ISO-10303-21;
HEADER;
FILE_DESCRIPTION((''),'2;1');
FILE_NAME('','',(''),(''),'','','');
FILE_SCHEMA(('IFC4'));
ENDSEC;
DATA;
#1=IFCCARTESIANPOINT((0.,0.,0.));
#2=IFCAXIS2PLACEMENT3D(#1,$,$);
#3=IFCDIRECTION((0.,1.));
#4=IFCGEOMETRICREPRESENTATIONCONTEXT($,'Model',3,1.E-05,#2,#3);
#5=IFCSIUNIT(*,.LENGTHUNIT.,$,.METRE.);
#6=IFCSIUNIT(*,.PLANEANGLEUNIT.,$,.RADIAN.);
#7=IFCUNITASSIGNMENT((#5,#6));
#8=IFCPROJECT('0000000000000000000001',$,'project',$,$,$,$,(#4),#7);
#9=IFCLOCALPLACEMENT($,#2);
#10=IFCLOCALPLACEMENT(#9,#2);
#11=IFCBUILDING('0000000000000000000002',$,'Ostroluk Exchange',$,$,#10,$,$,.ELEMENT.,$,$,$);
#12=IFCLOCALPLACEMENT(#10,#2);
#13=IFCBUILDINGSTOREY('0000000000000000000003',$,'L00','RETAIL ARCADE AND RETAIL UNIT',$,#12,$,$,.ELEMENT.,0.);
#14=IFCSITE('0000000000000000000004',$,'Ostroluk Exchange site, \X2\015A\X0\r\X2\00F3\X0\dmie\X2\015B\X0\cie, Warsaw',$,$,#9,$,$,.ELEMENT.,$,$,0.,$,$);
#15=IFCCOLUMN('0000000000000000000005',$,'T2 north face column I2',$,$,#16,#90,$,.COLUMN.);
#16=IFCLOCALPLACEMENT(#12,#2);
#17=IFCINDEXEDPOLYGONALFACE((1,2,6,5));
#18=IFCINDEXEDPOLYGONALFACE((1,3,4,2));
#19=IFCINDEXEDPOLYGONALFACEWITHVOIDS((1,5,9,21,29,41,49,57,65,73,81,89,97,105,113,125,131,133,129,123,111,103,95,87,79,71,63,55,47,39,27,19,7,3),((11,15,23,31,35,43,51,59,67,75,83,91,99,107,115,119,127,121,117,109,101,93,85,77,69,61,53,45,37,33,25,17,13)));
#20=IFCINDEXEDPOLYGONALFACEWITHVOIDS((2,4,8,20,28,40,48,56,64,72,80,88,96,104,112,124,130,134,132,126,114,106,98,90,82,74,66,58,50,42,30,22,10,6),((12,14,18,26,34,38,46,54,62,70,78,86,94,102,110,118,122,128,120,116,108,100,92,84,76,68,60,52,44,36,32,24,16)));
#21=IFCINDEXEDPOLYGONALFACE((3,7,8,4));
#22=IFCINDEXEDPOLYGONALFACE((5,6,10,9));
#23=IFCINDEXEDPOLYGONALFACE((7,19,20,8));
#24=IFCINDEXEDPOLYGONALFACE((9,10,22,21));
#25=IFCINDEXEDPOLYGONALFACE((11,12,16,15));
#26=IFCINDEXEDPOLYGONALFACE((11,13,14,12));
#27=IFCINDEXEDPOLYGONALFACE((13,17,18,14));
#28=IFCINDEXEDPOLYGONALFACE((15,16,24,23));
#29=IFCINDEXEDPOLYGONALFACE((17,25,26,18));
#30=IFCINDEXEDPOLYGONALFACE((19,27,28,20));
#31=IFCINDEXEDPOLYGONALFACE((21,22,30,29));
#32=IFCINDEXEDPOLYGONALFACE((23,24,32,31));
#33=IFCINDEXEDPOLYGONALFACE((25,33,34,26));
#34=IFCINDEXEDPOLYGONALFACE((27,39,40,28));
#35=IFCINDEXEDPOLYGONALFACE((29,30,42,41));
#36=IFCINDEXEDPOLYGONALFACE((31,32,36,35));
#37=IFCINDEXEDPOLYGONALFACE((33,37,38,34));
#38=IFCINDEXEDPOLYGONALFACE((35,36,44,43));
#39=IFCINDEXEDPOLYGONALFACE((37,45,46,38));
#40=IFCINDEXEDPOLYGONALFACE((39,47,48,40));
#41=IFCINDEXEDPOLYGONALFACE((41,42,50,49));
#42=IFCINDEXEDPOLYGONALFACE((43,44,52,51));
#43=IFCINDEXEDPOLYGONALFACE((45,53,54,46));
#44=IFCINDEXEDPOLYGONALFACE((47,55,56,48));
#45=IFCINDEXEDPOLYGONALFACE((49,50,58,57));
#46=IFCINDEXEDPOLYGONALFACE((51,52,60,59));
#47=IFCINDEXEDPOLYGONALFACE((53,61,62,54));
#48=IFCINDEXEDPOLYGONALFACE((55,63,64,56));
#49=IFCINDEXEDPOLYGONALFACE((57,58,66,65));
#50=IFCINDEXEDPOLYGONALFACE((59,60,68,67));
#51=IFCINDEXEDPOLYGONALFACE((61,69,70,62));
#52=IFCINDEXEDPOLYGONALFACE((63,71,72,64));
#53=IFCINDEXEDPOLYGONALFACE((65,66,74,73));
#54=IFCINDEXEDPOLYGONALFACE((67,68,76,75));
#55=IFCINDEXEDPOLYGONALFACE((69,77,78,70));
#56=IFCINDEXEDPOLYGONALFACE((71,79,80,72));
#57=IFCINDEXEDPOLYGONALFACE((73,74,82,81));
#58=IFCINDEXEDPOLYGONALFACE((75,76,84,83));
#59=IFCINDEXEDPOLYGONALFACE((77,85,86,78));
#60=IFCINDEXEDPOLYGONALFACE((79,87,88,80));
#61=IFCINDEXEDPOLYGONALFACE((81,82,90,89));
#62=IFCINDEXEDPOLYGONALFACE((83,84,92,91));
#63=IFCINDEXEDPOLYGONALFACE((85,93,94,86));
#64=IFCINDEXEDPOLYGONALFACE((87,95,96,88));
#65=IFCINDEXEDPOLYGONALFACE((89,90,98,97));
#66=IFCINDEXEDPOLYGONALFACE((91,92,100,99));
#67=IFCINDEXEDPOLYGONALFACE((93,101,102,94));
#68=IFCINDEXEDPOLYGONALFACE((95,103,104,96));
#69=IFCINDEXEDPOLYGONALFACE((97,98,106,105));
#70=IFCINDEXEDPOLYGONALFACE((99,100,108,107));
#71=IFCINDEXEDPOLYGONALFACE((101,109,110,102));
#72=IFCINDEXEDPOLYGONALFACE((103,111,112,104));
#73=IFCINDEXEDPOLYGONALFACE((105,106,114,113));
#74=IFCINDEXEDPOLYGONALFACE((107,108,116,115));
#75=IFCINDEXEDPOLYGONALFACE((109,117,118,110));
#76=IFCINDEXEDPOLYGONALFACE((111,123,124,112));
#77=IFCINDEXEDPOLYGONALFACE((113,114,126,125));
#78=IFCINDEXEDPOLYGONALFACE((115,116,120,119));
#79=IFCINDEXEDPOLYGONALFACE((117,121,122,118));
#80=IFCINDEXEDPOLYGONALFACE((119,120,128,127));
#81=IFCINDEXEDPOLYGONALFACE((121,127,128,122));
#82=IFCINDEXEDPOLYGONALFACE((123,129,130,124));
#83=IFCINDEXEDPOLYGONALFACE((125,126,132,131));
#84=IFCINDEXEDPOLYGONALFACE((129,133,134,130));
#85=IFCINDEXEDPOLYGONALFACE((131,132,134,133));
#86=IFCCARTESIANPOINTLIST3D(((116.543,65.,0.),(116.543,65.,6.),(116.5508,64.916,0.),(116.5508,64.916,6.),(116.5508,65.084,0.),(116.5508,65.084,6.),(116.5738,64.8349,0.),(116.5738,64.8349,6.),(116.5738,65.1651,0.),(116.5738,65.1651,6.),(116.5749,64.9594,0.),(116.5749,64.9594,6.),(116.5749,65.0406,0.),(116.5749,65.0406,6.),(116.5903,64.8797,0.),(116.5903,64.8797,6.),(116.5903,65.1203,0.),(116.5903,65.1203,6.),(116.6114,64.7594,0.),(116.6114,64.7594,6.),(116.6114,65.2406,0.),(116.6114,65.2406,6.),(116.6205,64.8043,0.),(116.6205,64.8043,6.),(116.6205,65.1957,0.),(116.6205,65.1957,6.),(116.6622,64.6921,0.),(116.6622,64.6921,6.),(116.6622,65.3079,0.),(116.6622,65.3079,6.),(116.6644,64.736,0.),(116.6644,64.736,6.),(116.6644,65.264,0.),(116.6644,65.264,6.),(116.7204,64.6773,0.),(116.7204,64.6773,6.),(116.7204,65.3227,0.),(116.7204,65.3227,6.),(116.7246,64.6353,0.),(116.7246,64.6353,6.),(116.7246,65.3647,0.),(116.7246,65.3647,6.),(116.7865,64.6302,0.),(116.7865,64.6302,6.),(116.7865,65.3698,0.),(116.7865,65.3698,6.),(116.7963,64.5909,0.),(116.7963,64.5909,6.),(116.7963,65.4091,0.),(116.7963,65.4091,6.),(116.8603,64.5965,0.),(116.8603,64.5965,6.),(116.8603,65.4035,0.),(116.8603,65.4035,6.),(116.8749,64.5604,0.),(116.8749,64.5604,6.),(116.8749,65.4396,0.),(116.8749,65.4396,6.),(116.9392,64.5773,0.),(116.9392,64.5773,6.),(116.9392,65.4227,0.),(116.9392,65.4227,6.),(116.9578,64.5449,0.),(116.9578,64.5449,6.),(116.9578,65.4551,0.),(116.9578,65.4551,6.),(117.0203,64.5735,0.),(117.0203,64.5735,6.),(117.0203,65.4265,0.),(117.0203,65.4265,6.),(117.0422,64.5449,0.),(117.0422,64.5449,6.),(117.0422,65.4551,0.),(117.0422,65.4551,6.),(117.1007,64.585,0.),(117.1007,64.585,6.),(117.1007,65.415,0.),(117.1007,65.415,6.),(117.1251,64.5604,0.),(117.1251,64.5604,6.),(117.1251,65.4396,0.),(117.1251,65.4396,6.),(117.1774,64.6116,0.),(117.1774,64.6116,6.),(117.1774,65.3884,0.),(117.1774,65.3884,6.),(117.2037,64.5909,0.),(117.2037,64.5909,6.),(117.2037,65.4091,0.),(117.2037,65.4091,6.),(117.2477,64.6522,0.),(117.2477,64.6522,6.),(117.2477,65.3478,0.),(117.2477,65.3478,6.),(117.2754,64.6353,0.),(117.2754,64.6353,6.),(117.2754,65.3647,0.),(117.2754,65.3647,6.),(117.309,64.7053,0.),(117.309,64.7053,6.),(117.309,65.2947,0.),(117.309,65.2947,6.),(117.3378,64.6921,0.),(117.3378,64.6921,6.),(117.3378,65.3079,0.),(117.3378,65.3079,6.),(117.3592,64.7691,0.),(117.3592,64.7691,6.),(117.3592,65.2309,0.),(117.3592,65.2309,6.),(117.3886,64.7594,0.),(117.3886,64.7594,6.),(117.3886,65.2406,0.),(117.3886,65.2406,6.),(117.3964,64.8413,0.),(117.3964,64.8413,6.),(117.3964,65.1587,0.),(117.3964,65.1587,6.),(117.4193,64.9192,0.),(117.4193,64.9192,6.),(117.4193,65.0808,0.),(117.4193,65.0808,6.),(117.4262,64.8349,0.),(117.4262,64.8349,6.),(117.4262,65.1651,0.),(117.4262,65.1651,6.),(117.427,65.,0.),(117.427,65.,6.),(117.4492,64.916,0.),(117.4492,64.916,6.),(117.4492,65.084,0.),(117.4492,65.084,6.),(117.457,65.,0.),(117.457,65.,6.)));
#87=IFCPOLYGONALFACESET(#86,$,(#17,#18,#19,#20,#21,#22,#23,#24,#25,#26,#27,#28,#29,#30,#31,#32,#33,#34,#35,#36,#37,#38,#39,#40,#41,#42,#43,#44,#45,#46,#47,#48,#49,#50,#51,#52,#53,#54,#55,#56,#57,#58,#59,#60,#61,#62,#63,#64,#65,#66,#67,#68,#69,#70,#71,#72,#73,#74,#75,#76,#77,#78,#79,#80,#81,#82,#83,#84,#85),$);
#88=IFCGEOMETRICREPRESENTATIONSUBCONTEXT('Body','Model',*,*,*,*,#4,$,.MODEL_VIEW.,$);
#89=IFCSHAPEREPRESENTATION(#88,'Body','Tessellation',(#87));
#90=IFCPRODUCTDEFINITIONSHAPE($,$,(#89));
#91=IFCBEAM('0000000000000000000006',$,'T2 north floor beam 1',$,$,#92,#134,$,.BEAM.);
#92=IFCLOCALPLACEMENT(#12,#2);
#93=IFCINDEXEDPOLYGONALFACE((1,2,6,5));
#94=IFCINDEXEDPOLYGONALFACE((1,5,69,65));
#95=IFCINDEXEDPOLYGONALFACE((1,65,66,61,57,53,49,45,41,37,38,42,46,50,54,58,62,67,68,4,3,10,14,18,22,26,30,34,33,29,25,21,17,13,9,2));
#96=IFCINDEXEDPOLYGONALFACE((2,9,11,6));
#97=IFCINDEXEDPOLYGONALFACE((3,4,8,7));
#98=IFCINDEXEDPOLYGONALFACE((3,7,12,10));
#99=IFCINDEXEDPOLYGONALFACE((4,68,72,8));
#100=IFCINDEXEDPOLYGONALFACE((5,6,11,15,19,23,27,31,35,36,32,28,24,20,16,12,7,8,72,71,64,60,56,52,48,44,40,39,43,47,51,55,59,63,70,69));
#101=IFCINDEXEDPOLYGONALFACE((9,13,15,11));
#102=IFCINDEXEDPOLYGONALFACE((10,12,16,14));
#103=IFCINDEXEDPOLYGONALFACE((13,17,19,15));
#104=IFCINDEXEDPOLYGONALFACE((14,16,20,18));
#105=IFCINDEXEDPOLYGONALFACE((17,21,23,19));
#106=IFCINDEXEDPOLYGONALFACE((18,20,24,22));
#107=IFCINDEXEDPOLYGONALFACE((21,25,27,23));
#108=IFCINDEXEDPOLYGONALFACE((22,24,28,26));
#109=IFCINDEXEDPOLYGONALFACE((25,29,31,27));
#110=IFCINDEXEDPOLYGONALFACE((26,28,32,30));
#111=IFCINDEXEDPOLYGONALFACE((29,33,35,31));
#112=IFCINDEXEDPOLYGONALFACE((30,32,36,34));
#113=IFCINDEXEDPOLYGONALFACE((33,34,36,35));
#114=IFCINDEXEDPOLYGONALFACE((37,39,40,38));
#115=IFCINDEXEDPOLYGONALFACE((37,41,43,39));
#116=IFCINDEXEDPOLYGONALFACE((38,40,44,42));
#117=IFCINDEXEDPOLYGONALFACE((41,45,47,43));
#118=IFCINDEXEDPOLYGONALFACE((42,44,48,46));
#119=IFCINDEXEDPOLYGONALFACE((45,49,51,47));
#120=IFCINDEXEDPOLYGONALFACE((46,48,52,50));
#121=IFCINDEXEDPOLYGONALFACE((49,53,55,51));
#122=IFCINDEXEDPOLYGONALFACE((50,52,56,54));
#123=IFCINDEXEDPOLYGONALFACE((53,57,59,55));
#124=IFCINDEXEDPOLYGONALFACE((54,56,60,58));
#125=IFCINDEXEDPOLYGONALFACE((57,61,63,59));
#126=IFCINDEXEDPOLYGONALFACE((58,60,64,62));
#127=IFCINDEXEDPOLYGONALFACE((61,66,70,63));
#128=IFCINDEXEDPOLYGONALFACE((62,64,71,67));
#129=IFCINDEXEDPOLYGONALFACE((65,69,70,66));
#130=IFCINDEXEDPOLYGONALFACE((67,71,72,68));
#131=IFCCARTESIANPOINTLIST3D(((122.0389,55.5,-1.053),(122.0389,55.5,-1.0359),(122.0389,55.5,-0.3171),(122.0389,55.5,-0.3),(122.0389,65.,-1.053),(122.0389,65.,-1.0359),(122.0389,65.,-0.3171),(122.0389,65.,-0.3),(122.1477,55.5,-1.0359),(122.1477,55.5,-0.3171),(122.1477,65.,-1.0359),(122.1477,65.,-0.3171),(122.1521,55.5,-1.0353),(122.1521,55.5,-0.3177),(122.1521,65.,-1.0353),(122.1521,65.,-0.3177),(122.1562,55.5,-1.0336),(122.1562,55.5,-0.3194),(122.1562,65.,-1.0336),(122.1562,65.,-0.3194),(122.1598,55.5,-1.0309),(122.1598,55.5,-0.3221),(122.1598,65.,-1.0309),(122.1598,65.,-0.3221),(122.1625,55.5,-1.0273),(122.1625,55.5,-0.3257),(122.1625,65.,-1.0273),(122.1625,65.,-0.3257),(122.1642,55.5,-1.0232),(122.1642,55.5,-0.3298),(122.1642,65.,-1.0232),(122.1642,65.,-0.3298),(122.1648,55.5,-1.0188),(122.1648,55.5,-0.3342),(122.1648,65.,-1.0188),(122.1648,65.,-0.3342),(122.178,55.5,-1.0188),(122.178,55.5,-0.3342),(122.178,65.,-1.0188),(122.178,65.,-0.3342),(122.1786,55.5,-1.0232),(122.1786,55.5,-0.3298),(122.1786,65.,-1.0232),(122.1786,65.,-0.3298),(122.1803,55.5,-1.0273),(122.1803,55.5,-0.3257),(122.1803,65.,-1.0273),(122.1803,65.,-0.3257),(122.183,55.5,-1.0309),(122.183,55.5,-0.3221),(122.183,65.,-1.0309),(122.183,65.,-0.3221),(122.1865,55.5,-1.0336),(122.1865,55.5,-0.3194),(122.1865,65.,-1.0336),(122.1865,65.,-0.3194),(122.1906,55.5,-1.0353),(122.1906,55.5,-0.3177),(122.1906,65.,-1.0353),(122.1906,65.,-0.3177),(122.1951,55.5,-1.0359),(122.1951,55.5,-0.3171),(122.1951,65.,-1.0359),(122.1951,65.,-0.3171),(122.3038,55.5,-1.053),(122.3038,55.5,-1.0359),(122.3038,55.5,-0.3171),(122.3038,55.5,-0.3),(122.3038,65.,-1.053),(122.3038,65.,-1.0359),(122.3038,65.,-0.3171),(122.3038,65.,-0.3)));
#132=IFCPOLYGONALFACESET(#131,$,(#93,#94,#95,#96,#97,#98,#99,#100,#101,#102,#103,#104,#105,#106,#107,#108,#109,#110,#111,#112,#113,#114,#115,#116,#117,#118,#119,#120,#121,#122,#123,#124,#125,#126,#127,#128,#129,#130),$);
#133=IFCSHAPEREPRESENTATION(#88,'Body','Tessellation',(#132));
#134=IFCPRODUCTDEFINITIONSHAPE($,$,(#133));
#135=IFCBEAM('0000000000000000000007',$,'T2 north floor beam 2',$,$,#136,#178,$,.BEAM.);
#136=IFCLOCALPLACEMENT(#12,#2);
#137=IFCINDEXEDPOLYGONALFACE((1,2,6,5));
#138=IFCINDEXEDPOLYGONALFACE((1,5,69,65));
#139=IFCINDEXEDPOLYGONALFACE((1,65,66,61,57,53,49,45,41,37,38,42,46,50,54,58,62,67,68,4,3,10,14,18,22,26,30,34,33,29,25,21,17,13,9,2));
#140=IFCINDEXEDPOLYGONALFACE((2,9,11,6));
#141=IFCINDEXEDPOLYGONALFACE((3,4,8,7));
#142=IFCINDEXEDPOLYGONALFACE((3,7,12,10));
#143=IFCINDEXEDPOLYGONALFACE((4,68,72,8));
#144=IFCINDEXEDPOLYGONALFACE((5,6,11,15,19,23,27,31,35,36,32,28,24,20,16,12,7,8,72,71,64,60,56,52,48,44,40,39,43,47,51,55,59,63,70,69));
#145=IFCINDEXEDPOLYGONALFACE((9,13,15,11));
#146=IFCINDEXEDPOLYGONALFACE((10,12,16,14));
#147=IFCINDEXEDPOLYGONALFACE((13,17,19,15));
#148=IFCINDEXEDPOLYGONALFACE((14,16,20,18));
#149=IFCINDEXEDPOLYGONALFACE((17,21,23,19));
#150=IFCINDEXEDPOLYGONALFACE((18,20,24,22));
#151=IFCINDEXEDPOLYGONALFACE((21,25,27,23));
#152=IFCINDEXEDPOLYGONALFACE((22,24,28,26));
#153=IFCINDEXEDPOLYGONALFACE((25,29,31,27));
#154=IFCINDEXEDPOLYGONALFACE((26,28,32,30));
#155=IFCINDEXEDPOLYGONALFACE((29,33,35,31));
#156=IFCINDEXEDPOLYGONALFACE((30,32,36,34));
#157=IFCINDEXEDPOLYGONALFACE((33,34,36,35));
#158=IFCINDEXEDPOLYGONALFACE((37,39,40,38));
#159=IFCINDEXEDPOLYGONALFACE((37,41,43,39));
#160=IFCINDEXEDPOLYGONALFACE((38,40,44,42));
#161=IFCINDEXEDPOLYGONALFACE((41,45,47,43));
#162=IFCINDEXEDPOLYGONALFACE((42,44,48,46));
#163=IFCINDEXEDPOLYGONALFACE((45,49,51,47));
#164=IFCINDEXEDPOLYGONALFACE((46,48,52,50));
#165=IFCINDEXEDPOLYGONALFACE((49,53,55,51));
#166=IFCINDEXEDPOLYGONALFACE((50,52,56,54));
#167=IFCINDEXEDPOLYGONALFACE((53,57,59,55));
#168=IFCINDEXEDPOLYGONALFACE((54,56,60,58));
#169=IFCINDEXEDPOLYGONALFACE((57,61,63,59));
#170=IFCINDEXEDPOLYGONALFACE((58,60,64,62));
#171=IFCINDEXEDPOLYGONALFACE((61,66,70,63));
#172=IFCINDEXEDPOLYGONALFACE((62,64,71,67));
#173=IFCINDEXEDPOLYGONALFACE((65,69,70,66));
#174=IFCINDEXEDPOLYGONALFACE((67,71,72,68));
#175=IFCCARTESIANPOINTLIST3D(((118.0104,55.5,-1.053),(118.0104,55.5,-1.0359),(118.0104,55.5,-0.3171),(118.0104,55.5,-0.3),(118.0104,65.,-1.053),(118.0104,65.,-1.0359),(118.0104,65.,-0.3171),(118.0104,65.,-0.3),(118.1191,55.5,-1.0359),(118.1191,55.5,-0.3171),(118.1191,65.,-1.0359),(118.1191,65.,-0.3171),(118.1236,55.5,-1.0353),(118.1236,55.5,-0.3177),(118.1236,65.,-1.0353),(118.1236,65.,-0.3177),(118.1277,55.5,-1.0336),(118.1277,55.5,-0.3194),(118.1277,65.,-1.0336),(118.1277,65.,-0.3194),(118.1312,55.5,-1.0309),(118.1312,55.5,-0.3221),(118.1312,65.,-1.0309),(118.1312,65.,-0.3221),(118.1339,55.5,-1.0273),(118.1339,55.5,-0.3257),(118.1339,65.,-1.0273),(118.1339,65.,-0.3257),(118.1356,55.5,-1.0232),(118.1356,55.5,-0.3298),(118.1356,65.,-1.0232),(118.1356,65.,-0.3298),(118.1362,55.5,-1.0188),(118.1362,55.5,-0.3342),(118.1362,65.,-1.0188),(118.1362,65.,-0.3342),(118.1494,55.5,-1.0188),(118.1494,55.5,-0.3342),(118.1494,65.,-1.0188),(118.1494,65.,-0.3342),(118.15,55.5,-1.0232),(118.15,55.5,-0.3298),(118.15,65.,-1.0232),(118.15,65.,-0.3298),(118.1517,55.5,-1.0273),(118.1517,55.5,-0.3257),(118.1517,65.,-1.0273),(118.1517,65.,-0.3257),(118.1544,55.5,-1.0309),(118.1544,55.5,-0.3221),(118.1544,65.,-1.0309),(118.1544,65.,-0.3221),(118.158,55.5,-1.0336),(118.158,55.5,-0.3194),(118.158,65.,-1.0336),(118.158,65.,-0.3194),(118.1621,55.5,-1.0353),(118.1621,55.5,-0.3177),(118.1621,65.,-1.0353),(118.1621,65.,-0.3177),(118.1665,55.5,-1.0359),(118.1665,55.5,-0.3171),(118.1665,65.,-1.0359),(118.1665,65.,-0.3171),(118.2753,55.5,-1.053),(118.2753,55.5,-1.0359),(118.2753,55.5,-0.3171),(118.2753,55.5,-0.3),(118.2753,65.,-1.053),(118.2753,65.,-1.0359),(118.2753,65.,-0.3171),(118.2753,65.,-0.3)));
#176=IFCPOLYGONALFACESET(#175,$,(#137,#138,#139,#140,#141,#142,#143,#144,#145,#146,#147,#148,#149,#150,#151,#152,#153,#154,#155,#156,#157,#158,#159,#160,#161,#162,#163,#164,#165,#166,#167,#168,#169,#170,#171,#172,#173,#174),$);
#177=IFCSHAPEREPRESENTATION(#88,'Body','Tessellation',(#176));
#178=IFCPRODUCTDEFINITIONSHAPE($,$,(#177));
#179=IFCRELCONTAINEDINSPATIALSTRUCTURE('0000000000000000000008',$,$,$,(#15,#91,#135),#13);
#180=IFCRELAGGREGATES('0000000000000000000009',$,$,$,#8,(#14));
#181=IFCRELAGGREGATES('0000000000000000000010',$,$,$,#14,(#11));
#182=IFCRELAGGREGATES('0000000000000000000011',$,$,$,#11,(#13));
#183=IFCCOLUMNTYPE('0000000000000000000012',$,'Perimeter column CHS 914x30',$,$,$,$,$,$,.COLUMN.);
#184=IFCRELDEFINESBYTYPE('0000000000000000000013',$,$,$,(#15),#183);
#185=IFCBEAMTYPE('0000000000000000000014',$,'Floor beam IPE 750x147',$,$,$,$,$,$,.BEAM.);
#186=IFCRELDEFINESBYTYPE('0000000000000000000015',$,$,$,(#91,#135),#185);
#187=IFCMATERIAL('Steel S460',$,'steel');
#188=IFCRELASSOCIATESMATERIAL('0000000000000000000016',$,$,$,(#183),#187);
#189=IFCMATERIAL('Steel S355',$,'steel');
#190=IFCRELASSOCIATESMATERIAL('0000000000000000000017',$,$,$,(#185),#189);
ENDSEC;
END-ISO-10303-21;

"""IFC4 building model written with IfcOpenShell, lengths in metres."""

from ifc_helpers import new_model, si_unit, direction, frame, origin, origin_2d, place, context, subcontext, project, spatial, hollow_circle, i_section, extrude, material, material_profile, profile_set, type_object, element, save


model = new_model("IFC4")

# Units and contexts
model_context = context("Model", 3, precision=1e-05, world=origin(), true_north=direction((0.0, 1.0)))
body_context = subcontext(model_context, "Body", "Model", "MODEL_VIEW")
ifc_project = project(units=[si_unit("LENGTHUNIT", "METRE"), si_unit("PLANEANGLEUNIT", "RADIAN")], contexts=[model_context])

# Site, building, storey
site_placement = place(None, origin())
site = spatial("IfcSite", under=ifc_project, at=site_placement, Name="Ostroluk Exchange site, Śródmieście, Warsaw", CompositionType="ELEMENT", RefElevation=0.0)
building_placement = place(site_placement, origin())
building = spatial("IfcBuilding", under=site, at=building_placement, Name="Ostroluk Exchange", CompositionType="ELEMENT")
storey_placement = place(building_placement, origin())
storey = spatial("IfcBuildingStorey", under=building, at=storey_placement, Name="L00", Description="RETAIL ARCADE AND RETAIL UNIT", CompositionType="ELEMENT", Elevation=0.0)

# Column
ifc_material_1 = material(Name="Steel S460", Category="steel")
ifc_material_profile_1 = material_profile(ifc_material_1, hollow_circle(Radius=0.457, WallThickness=0.03, at=origin_2d()), Name="CHS 914x30")
ifc_profile_set_1 = profile_set([ifc_material_profile_1], Name="Steel S460")
column_type = type_object("IfcColumnType", Name="Perimeter column CHS 914x30", PredefinedType="COLUMN", material=ifc_profile_set_1)
column_placement = place(storey_placement, frame((117.0, 65.0, 0.0), z_axis=(0.0, 0.0, 1.0), x_axis=(1.0, 0.0, 0.0)))
element("IfcColumn", 1, at=column_placement, inside=storey, type_object=column_type, Name="T2 north face column I2", PredefinedType="COLUMN", context=body_context, shape_type="SweptSolid", body=[
    extrude(hollow_circle(Radius=0.457, WallThickness=0.03, at=origin_2d()), origin(), (0.0, 0.0, 1.0), 6.0),
])

# Beams
ifc_material_2 = material(Name="Steel S355", Category="steel")
ifc_material_profile_2 = material_profile(ifc_material_2, i_section(OverallWidth=0.2649, OverallDepth=0.7529, WebThickness=0.0132, FlangeThickness=0.0171, FilletRadius=0.0171, at=origin_2d()), Name="IPE 750x147")
ifc_profile_set_2 = profile_set([ifc_material_profile_2], Name="Steel S355")
beam_type_1 = type_object("IfcBeamType", Name="Floor beam IPE 750x147", PredefinedType="BEAM", material=ifc_profile_set_2)
for number, where, z_axis, x_axis, name in (
    (2, (122.1714, 55.5, -0.6765), (0.0, 1.0, 0.0), (-1.0, 0.0, 0.0), "T2 north floor beam 1"),
    (3, (118.1428, 55.5, -0.6765), (0.0, 1.0, 0.0), (-1.0, 0.0, 0.0), "T2 north floor beam 2"),
):
    element("IfcBeam", number, at=place(storey_placement, frame(where, z_axis=z_axis, x_axis=x_axis)), inside=storey, type_object=beam_type_1, Name=name, PredefinedType="BEAM", context=body_context, shape_type="SweptSolid", body=[
        extrude(i_section(OverallWidth=0.2649, OverallDepth=0.7529, WebThickness=0.0132, FlangeThickness=0.0171, FilletRadius=0.0171, at=origin_2d()), origin(), (0.0, 0.0, 1.0), 9.5),
    ])

save(model, "model.ifc")
